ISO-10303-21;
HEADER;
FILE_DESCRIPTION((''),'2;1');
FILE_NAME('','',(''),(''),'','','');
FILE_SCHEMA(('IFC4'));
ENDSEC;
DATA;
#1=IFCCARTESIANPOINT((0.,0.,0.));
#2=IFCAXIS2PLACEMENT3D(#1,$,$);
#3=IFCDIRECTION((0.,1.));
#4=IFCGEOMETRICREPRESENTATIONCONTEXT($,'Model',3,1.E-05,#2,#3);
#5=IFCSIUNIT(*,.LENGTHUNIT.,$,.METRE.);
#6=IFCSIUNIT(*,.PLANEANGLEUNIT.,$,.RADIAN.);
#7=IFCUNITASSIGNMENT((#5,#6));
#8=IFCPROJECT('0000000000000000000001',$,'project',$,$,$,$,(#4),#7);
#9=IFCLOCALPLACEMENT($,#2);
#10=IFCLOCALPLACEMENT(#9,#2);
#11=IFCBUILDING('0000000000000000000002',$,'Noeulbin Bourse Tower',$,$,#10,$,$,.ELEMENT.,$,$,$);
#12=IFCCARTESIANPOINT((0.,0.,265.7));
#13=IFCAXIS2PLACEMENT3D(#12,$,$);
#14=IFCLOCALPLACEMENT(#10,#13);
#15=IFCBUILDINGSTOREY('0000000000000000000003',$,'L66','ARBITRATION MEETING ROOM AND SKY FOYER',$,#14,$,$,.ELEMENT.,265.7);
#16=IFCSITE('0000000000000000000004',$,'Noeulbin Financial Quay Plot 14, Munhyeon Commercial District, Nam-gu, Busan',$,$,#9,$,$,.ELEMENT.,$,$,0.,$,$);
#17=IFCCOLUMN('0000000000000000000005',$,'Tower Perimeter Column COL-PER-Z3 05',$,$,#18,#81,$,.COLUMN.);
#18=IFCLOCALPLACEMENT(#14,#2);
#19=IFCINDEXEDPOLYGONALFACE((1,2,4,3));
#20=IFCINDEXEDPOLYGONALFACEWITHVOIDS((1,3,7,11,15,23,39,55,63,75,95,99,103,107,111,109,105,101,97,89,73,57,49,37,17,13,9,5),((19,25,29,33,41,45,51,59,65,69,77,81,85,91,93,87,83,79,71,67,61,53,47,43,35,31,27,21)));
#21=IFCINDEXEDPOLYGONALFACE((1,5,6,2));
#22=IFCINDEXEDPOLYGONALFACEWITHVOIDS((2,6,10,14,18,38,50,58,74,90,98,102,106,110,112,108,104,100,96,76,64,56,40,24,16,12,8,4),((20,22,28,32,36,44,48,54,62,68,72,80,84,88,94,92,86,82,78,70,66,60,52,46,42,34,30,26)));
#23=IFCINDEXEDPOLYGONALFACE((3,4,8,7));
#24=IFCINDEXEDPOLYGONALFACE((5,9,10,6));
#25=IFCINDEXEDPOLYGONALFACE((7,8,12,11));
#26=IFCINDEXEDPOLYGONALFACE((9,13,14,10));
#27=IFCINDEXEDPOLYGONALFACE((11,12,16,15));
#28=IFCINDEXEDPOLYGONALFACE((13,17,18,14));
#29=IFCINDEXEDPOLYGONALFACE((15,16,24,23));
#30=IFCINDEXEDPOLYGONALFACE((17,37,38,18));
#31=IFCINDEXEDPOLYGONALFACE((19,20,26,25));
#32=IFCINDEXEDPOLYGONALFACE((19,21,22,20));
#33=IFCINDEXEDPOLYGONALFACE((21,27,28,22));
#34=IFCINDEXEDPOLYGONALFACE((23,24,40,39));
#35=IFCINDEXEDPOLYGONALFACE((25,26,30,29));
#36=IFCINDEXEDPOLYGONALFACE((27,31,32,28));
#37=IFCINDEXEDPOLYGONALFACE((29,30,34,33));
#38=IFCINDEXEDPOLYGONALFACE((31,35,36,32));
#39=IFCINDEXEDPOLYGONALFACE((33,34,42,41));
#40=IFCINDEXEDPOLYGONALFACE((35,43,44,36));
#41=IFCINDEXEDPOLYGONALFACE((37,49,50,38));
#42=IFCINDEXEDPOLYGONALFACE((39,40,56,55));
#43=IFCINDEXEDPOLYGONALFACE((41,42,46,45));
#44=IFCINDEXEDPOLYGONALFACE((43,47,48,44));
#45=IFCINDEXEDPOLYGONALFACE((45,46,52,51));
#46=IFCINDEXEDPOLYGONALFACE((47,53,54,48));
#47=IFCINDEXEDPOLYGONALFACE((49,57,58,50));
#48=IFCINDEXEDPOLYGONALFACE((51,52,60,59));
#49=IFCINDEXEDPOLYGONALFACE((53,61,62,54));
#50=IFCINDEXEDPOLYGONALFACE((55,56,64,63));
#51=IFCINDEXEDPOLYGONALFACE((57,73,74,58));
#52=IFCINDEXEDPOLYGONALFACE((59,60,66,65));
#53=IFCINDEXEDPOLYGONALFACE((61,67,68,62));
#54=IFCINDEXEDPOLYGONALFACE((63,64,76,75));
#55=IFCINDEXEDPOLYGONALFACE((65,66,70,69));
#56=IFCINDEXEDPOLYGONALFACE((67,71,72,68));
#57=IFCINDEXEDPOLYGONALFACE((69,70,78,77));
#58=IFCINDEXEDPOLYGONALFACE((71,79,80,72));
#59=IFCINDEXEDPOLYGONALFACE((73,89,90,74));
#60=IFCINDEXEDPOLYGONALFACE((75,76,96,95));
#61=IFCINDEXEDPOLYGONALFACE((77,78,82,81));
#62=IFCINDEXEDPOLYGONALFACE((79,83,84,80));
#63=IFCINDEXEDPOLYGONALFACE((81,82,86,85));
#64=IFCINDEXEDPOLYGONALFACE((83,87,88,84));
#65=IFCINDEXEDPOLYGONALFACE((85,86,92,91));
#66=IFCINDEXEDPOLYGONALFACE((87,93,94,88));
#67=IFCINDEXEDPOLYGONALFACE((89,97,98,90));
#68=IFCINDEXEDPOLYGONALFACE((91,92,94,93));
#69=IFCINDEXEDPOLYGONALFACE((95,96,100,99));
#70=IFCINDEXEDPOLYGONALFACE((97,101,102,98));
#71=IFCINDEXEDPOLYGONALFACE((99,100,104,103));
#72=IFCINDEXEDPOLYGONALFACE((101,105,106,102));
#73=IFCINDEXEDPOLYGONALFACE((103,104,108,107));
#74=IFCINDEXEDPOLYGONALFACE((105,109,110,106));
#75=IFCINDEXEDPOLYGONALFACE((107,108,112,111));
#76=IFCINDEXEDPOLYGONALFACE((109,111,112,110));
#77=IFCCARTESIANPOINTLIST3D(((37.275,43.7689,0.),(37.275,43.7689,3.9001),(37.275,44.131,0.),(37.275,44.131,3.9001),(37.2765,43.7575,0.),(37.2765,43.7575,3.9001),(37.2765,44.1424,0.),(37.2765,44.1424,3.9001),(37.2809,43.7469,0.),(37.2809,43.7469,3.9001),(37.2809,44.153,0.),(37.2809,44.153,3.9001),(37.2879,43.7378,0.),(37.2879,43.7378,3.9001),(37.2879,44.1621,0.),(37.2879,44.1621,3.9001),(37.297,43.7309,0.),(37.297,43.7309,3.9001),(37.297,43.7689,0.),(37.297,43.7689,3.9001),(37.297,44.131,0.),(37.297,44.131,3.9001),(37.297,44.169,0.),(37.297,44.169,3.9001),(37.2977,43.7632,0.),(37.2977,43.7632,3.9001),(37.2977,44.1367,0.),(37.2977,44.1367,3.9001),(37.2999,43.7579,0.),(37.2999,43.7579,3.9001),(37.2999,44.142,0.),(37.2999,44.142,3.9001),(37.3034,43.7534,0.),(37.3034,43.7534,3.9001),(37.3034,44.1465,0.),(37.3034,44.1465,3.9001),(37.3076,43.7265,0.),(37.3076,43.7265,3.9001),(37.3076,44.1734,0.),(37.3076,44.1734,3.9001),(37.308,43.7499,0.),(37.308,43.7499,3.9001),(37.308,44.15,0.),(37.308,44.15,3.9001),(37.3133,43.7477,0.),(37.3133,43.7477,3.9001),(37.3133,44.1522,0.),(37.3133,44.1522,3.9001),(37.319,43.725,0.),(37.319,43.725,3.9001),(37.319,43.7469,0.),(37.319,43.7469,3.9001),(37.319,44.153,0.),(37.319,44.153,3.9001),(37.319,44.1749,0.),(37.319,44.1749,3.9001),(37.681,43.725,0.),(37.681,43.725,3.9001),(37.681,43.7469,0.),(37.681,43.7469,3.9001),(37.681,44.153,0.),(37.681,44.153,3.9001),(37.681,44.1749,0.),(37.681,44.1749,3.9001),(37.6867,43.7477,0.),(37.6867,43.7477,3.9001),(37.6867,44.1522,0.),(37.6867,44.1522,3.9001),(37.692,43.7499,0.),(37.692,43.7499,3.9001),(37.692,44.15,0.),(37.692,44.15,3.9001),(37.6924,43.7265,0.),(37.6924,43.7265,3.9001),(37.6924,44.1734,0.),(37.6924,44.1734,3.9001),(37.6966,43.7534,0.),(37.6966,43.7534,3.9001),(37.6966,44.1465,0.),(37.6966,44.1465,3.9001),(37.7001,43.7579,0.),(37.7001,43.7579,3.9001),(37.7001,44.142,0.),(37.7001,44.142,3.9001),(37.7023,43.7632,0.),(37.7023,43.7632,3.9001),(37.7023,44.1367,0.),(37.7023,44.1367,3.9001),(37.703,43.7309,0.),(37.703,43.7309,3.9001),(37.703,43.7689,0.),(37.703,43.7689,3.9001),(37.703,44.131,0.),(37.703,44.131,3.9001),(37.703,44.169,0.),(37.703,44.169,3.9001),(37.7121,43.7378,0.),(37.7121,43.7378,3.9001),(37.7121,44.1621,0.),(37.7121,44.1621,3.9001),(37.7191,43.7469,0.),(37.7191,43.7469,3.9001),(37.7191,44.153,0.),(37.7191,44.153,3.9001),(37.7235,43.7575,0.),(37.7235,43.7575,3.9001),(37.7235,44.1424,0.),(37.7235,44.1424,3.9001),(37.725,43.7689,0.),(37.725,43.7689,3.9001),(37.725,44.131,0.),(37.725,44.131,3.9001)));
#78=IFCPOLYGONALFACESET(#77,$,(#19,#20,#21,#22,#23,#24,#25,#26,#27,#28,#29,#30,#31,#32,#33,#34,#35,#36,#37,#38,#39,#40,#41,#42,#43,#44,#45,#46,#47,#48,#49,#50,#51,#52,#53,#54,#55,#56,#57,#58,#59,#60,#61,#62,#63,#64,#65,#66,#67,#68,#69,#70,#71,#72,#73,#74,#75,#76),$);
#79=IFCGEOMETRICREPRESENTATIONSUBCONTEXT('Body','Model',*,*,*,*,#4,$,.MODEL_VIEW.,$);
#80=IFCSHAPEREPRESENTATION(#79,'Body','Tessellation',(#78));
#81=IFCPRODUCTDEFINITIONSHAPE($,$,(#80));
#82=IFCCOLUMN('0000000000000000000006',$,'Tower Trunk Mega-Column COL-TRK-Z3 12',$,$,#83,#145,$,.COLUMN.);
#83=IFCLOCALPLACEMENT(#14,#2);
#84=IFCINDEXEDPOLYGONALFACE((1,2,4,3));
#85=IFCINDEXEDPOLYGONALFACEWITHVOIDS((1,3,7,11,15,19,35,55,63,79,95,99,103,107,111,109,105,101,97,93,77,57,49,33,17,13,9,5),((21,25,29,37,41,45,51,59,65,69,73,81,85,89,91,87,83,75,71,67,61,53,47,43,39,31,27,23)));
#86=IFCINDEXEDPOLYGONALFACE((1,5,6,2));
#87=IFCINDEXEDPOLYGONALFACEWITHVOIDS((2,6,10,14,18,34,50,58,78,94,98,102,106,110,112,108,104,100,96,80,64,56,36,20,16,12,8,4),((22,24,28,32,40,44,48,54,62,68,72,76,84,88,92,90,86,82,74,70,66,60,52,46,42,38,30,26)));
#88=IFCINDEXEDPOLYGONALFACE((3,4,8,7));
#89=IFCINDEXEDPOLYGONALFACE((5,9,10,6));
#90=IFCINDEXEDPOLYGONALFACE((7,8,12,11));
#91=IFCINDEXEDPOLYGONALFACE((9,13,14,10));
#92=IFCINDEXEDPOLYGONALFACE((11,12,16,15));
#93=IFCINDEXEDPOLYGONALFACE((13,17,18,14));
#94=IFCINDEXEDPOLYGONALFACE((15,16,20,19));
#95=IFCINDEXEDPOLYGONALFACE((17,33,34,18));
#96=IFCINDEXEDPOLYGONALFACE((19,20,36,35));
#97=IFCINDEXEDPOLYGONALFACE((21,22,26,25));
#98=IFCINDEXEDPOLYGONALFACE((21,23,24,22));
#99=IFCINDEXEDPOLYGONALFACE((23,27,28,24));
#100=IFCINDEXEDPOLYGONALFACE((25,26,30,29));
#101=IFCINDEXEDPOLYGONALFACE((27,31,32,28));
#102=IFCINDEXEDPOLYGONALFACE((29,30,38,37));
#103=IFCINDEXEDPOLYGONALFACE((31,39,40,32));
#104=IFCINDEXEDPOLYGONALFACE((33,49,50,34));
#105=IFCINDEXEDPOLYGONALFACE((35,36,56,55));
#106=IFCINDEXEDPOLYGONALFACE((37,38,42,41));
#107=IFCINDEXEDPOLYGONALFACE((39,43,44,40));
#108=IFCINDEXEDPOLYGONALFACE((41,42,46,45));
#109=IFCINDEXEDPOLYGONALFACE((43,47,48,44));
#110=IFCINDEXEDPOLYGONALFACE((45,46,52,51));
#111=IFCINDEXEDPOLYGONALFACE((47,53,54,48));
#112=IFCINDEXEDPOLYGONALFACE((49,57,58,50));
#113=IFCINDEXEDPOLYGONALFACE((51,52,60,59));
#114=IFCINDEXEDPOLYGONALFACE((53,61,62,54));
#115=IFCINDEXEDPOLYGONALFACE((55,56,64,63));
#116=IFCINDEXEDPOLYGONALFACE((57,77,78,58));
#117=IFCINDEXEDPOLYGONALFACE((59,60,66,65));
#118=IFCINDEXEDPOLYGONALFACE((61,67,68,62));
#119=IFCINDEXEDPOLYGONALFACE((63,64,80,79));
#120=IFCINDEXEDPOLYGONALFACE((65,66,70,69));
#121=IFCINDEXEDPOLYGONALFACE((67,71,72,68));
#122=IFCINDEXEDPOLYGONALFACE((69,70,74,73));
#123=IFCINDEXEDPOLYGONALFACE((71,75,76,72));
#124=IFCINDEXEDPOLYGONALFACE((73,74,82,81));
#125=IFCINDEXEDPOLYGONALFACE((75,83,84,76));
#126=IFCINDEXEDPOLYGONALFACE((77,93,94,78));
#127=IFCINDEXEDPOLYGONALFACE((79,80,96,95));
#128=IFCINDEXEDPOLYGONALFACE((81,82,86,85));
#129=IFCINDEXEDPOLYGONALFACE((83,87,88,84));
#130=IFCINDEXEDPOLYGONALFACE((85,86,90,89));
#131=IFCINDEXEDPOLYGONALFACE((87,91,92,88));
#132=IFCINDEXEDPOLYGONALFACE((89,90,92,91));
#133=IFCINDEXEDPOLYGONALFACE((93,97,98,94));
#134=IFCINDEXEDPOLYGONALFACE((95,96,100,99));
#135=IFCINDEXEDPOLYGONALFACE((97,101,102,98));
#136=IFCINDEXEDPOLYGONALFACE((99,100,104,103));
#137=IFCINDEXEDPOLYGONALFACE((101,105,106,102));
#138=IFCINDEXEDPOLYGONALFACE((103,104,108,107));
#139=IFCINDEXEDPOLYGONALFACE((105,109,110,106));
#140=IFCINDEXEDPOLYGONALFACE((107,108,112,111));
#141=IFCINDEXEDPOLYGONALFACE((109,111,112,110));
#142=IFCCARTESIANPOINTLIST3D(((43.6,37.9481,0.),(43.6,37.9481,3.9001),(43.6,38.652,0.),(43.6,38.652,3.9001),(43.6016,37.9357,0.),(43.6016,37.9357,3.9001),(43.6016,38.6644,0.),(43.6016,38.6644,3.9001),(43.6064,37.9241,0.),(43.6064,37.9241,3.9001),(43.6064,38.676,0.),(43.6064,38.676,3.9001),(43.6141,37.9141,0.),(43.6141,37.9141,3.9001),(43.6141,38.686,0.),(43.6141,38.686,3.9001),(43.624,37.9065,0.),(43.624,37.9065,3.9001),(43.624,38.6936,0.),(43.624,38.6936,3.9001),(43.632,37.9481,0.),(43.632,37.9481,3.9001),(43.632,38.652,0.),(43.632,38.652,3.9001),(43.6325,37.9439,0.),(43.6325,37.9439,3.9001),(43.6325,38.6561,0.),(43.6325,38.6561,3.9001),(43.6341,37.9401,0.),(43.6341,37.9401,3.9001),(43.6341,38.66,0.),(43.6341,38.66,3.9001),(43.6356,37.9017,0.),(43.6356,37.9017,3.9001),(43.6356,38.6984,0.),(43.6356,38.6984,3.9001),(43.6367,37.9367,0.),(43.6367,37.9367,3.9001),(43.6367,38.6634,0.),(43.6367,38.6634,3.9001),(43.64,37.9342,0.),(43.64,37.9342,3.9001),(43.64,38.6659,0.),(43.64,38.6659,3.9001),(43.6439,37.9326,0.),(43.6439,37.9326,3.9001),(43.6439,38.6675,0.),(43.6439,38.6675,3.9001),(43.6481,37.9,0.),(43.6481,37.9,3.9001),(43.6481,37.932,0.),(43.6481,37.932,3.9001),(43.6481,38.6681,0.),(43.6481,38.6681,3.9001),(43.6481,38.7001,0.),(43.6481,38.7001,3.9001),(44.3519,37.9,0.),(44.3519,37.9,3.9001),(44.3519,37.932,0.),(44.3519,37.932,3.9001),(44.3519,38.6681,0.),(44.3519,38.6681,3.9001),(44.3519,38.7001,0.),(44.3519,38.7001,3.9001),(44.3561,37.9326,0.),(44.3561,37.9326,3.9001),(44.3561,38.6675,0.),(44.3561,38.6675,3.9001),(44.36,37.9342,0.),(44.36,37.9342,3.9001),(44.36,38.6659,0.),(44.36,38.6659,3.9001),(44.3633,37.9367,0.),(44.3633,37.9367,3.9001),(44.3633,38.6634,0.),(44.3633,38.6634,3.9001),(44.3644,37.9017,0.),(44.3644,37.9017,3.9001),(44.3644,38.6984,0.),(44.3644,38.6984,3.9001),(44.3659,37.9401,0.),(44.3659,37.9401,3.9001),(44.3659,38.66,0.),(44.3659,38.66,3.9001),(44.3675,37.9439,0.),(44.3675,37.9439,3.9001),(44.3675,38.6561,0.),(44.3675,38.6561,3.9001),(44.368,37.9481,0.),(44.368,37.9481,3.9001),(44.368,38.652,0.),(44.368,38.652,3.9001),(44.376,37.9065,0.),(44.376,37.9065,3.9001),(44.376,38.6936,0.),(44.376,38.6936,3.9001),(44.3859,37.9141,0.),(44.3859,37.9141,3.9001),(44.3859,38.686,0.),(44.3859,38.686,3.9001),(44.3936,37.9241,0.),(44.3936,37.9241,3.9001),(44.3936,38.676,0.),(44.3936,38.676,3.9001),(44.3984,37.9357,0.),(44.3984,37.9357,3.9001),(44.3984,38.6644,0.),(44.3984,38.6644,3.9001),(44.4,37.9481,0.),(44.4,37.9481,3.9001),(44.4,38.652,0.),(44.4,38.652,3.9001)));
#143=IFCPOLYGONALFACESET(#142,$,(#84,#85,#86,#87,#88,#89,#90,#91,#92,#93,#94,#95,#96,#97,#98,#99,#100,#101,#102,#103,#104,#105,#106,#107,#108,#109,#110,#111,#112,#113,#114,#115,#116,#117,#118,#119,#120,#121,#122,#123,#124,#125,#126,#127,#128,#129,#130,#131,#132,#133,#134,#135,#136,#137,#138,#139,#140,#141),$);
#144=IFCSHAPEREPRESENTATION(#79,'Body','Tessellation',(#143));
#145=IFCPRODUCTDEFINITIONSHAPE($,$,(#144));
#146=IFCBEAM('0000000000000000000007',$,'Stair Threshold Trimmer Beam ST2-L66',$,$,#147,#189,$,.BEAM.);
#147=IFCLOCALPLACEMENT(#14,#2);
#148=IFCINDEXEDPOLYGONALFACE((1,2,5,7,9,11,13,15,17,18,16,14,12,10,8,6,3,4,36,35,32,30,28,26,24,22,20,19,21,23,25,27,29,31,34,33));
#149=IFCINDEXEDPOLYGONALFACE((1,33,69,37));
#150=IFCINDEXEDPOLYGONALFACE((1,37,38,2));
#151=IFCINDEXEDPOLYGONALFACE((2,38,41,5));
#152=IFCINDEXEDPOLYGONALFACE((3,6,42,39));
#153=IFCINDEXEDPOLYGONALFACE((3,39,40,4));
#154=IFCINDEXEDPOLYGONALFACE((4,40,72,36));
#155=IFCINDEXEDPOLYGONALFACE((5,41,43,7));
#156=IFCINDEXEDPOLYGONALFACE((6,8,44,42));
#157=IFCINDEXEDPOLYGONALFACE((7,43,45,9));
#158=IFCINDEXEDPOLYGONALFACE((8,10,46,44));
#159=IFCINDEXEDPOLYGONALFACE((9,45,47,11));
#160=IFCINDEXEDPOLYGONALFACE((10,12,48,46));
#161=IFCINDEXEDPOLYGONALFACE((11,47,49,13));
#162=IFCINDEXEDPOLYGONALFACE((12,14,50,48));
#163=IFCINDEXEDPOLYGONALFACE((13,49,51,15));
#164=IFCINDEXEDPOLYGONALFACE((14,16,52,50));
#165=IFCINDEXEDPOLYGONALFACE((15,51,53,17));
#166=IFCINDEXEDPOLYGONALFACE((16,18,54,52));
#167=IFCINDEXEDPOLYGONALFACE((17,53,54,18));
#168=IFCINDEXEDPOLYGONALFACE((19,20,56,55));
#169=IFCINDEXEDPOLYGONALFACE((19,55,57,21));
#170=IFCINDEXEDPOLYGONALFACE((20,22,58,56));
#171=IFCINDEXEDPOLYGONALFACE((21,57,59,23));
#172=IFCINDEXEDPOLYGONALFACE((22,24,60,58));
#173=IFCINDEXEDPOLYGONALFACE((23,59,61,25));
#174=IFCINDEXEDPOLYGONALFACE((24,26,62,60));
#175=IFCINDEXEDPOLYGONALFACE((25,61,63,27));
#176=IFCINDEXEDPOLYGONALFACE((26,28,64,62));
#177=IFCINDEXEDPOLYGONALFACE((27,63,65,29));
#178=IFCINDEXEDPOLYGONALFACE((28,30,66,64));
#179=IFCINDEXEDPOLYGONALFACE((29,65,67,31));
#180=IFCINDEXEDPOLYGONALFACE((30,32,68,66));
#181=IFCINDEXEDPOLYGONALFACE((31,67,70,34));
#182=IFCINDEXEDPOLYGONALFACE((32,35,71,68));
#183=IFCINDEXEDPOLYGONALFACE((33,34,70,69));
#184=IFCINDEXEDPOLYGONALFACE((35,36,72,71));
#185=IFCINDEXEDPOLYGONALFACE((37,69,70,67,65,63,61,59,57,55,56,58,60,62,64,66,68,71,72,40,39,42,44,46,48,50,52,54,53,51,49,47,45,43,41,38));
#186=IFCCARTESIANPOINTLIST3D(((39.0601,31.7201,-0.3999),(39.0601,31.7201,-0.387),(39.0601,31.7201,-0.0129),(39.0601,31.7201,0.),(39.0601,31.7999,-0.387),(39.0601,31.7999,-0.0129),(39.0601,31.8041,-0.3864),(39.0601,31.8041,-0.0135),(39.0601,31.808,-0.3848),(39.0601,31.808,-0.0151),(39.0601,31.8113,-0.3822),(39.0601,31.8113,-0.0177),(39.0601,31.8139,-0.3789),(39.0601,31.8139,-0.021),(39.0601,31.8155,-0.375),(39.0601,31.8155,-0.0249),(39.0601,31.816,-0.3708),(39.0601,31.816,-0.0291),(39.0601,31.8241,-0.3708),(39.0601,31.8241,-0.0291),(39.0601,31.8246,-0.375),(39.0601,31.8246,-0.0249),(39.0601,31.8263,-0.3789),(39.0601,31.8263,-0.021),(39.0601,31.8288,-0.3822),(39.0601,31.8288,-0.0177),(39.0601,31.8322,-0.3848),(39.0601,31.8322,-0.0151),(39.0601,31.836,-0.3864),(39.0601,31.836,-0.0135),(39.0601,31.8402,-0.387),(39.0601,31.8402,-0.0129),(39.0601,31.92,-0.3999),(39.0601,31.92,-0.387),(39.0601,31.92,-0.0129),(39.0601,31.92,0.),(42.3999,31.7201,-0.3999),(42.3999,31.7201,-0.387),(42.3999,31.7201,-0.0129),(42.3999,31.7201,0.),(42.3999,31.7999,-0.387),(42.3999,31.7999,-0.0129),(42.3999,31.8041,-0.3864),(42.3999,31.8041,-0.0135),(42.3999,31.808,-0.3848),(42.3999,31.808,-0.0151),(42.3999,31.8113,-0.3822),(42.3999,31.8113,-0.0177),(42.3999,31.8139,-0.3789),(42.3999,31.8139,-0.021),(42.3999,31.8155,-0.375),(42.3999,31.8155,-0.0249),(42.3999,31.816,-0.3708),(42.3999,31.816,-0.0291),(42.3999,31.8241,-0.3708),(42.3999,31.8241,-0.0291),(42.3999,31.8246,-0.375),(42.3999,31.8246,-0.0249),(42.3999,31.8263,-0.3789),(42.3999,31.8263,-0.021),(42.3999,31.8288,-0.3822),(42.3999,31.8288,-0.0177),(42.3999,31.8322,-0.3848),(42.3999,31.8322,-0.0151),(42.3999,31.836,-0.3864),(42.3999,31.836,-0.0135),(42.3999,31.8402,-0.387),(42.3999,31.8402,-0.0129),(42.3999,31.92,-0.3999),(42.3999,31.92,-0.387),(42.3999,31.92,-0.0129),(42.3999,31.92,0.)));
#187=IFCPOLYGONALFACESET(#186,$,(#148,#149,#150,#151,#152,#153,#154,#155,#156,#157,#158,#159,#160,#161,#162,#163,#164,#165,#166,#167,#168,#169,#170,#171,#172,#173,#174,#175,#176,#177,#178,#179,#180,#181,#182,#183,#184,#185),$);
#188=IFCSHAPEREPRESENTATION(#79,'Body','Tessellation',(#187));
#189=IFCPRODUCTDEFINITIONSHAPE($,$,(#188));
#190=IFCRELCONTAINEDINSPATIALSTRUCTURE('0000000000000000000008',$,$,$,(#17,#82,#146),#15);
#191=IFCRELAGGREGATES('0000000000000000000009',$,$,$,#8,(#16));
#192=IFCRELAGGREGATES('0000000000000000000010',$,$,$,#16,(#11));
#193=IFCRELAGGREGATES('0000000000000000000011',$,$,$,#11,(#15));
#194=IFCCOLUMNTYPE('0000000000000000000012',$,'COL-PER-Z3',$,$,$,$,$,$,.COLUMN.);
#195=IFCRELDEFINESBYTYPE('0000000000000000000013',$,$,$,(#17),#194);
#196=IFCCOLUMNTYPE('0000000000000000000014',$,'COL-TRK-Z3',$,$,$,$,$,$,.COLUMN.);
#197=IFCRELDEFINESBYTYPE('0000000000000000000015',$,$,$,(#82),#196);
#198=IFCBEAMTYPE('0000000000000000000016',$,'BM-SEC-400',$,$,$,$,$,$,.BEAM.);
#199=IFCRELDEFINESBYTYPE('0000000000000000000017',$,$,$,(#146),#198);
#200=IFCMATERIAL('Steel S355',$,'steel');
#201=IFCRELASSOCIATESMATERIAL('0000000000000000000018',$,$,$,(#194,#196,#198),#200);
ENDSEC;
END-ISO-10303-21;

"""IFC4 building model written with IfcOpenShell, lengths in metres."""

from ifc_helpers import new_model, si_unit, direction, frame, origin, origin_2d, place, context, subcontext, project, spatial, hollow_rectangle, i_section, extrude, material, material_profile, profile_set, type_object, element, save


model = new_model("IFC4")

# Units and contexts
model_context = context("Model", 3, precision=1e-05, world=origin(), true_north=direction((0.0, 1.0)))
body_context = subcontext(model_context, "Body", "Model", "MODEL_VIEW")
ifc_project = project(units=[si_unit("LENGTHUNIT", "METRE"), si_unit("PLANEANGLEUNIT", "RADIAN")], contexts=[model_context])

# Site, building, storey
site_placement = place(None, origin())
site = spatial("IfcSite", under=ifc_project, at=site_placement, Name="Noeulbin Financial Quay Plot 14, Munhyeon Commercial District, Nam-gu, Busan", CompositionType="ELEMENT", RefElevation=0.0)
building_placement = place(site_placement, origin())
building = spatial("IfcBuilding", under=site, at=building_placement, Name="Noeulbin Bourse Tower", CompositionType="ELEMENT")
storey_placement = place(building_placement, frame((0.0, 0.0, 265.7)))
storey = spatial("IfcBuildingStorey", under=building, at=storey_placement, Name="L66", Description="ARBITRATION MEETING ROOM AND SKY FOYER", CompositionType="ELEMENT", Elevation=265.7)

# Columns
ifc_material_1 = material(Name="Steel S355", Category="steel")
ifc_material_profile_1 = material_profile(ifc_material_1, hollow_rectangle(XDim=0.45, YDim=0.45, WallThickness=0.022, InnerFilletRadius=0.022, OuterFilletRadius=0.0439, at=origin_2d()), Name="SHS-450x450x22", Category="LoadBearing")
ifc_profile_set_1 = profile_set([ifc_material_profile_1], Name="Steel S355")
column_type_1 = type_object("IfcColumnType", Name="COL-PER-Z3", PredefinedType="COLUMN", material=ifc_profile_set_1)
column_1_placement = place(storey_placement, frame((37.5, 43.95, 0.0), z_axis=(0.0, 0.0, 1.0), x_axis=(1.0, 0.0, 0.0)))
element("IfcColumn", 1, at=column_1_placement, inside=storey, type_object=column_type_1, Name="Tower Perimeter Column COL-PER-Z3 05", PredefinedType="COLUMN", context=body_context, shape_type="SweptSolid", body=[
    extrude(hollow_rectangle(XDim=0.45, YDim=0.45, WallThickness=0.022, InnerFilletRadius=0.022, OuterFilletRadius=0.0439, at=origin_2d()), origin(), (0.0, 0.0, 1.0), 3.9001),
])
ifc_material_profile_2 = material_profile(ifc_material_1, hollow_rectangle(XDim=0.8, YDim=0.8, WallThickness=0.032, InnerFilletRadius=0.0161, OuterFilletRadius=0.0481, at=origin_2d()), Name="BOX-800x800x32", Category="LoadBearing")
ifc_profile_set_2 = profile_set([ifc_material_profile_2], Name="Steel S355")
column_type_2 = type_object("IfcColumnType", Name="COL-TRK-Z3", PredefinedType="COLUMN", material=ifc_profile_set_2)
column_2_placement = place(storey_placement, frame((44.0, 38.3, 0.0), z_axis=(0.0, 0.0, 1.0), x_axis=(1.0, 0.0, 0.0)))
element("IfcColumn", 2, at=column_2_placement, inside=storey, type_object=column_type_2, Name="Tower Trunk Mega-Column COL-TRK-Z3 12", PredefinedType="COLUMN", context=body_context, shape_type="SweptSolid", body=[
    extrude(hollow_rectangle(XDim=0.8, YDim=0.8, WallThickness=0.032, InnerFilletRadius=0.0161, OuterFilletRadius=0.0481, at=origin_2d()), origin(), (0.0, 0.0, 1.0), 3.9001),
])

# Beam
ifc_material_profile_3 = material_profile(ifc_material_1, i_section(OverallWidth=0.2, OverallDepth=0.3999, WebThickness=0.0081, FlangeThickness=0.0129, FilletRadius=0.0161, at=origin_2d()), Name="H-400x200x8x13", Category="LoadBearing")
ifc_profile_set_3 = profile_set([ifc_material_profile_3], Name="Steel S355")
beam_type = type_object("IfcBeamType", Name="BM-SEC-400", PredefinedType="BEAM", material=ifc_profile_set_3)
beam_placement = place(storey_placement, frame((39.0601, 31.8201, -0.2), z_axis=(1.0, 0.0, 0.0), x_axis=(0.0, 1.0, 0.0)))
element("IfcBeam", 3, at=beam_placement, inside=storey, type_object=beam_type, Name="Stair Threshold Trimmer Beam ST2-L66", PredefinedType="BEAM", context=body_context, shape_type="SweptSolid", body=[
    extrude(i_section(OverallWidth=0.2, OverallDepth=0.3999, WebThickness=0.0081, FlangeThickness=0.0129, FilletRadius=0.0161, at=origin_2d()), origin(), (0.0, 0.0, 1.0), 3.3398),
])

save(model, "model.ifc")
